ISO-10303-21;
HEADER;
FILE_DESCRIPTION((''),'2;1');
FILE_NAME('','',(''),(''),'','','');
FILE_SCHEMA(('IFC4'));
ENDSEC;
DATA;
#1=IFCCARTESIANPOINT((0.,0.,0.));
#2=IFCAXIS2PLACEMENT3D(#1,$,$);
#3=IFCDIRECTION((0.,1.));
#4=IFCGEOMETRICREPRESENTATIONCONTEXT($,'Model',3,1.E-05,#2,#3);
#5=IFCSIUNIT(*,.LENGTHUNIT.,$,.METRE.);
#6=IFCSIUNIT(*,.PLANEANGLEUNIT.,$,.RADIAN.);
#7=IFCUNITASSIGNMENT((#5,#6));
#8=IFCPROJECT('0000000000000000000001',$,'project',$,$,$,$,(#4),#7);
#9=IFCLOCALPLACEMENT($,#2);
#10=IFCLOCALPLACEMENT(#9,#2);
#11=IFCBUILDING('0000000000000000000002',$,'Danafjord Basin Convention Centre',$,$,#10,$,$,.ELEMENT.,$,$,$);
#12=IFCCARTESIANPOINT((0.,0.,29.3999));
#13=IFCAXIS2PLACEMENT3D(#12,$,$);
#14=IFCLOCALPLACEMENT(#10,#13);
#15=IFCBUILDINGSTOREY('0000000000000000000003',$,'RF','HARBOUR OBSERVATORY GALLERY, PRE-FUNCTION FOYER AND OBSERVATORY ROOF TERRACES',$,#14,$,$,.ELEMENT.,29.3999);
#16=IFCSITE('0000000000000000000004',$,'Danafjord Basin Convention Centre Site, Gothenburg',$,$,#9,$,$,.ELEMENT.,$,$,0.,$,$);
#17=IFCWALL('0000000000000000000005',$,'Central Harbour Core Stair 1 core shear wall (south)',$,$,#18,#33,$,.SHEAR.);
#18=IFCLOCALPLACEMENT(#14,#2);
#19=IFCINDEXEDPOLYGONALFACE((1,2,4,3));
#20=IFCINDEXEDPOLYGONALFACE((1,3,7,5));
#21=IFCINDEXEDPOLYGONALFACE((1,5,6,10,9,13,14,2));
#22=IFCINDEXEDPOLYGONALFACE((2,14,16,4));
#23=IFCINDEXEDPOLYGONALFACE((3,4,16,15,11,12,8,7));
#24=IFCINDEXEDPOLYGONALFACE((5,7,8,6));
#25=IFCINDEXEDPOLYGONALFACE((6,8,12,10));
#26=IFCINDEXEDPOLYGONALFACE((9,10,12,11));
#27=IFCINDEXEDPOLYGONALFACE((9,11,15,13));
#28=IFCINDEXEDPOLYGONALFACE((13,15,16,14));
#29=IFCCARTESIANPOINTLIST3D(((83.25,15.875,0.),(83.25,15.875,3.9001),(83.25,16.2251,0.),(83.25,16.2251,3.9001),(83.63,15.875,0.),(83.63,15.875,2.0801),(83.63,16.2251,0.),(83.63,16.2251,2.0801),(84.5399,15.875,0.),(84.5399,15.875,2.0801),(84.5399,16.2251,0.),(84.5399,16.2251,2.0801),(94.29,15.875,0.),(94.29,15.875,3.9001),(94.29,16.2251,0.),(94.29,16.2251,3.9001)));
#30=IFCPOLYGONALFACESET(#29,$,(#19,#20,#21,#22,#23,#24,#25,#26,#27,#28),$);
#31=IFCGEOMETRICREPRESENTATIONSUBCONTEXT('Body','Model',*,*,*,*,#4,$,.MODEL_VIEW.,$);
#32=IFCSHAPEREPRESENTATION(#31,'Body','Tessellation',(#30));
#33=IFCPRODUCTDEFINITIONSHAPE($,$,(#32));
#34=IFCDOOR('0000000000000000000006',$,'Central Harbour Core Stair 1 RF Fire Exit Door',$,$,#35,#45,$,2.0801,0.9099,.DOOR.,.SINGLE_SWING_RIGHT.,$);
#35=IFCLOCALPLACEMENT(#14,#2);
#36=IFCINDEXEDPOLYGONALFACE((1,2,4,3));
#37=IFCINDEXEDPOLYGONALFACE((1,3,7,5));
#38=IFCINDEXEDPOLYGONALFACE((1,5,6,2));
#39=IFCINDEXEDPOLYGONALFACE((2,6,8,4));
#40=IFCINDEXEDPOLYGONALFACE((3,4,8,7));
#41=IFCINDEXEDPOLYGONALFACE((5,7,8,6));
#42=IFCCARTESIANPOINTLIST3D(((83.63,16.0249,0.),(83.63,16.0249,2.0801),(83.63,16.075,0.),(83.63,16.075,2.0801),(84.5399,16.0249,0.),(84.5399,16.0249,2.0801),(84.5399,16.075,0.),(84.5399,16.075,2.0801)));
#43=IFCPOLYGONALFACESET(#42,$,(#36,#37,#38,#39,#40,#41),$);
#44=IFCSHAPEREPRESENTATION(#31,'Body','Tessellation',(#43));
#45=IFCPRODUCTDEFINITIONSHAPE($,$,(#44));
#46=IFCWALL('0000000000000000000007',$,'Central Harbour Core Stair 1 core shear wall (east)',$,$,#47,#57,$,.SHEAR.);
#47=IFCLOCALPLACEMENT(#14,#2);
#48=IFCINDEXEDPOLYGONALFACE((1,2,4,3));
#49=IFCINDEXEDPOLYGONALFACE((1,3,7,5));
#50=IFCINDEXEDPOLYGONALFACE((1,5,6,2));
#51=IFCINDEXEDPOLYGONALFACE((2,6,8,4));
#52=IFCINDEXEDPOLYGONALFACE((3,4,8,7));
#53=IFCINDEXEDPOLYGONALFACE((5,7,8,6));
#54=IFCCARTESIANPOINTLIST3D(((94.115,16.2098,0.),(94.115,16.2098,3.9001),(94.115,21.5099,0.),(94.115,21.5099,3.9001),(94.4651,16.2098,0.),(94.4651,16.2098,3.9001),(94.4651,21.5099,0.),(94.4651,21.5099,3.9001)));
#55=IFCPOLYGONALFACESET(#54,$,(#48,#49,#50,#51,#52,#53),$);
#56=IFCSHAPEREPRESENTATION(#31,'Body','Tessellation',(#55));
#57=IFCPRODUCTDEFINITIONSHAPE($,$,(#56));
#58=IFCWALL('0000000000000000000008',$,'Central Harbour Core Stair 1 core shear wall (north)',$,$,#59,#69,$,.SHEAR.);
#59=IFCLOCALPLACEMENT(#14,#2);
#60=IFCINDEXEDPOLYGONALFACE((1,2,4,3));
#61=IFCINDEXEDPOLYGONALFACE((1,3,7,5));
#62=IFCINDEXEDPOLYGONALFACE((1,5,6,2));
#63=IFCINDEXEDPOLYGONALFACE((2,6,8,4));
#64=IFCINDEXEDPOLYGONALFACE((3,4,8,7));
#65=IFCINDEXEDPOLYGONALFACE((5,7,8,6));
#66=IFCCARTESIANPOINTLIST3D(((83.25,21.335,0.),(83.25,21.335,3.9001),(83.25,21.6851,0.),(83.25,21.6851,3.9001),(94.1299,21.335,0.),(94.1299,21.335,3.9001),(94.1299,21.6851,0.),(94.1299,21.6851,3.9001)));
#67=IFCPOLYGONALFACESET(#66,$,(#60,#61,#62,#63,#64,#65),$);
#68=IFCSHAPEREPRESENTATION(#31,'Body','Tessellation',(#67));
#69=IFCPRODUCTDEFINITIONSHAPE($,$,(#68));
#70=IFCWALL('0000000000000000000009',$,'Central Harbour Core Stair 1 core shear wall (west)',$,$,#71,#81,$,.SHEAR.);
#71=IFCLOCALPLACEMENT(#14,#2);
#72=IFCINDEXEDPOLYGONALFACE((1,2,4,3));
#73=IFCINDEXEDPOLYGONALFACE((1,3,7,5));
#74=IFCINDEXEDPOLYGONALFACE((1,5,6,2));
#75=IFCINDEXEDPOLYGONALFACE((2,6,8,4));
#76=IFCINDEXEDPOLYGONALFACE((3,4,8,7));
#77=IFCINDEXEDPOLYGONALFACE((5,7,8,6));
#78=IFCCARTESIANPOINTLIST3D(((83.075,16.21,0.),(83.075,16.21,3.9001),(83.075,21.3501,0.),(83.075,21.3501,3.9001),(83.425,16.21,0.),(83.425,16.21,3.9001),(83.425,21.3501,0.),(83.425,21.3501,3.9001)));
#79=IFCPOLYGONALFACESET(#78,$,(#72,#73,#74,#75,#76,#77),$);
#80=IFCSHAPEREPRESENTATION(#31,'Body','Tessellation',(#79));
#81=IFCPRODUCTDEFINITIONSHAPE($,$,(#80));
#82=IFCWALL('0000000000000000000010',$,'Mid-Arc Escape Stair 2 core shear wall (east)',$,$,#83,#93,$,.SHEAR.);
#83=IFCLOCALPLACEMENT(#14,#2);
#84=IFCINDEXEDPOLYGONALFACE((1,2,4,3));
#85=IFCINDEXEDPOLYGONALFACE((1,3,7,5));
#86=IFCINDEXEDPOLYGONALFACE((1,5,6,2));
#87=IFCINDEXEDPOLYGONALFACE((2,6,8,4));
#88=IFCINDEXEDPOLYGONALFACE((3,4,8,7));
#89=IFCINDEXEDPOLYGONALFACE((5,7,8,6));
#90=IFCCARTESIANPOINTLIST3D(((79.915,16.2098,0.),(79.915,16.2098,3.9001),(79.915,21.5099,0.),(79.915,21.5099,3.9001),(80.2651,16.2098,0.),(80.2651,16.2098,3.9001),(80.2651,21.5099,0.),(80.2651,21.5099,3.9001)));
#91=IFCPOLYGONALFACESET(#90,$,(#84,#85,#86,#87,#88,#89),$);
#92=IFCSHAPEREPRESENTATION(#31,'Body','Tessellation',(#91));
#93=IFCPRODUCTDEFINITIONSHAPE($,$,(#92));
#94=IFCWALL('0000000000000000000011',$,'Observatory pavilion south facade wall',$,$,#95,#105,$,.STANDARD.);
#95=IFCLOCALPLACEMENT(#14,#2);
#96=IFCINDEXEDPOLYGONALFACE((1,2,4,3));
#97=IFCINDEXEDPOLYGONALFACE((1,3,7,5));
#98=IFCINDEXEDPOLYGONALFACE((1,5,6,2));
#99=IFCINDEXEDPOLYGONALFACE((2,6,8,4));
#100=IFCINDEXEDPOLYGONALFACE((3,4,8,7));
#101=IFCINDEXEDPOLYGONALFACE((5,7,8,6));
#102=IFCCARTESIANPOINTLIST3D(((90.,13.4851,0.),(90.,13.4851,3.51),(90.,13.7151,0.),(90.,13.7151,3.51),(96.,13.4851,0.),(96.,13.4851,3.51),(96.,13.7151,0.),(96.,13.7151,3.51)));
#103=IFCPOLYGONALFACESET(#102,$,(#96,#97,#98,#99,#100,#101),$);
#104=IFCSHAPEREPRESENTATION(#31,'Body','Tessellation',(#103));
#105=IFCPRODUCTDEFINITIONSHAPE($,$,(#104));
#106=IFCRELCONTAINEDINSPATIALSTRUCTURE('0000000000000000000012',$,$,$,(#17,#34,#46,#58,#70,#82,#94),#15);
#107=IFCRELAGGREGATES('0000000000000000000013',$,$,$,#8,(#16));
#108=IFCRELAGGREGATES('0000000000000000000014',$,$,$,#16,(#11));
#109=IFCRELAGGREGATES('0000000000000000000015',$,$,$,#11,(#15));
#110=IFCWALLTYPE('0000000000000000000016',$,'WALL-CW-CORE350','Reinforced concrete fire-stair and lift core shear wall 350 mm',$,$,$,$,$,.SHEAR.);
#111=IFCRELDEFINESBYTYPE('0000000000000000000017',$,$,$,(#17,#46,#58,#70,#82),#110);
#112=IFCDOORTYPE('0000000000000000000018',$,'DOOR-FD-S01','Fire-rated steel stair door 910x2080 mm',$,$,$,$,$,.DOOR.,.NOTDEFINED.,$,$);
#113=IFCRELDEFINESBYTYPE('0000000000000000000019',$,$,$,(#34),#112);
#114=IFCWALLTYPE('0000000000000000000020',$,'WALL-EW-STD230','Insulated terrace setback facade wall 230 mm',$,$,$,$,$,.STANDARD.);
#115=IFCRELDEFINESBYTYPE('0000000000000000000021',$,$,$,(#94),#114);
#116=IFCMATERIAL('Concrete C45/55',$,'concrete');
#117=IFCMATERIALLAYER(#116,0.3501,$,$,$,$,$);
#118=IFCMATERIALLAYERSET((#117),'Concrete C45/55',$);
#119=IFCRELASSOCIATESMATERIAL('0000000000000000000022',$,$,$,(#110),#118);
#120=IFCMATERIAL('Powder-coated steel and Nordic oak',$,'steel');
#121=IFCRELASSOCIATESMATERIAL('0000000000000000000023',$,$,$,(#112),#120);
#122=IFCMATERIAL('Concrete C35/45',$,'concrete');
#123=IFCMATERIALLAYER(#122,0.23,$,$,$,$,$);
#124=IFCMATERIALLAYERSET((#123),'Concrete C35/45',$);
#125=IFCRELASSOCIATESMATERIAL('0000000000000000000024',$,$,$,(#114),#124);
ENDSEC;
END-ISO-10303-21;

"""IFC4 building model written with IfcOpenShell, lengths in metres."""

from ifc_helpers import new_model, si_unit, direction, frame, frame_2d, origin, place, context, subcontext, project, spatial, rectangle, extrude, material, layer, layer_set, type_object, element, fill, save


model = new_model("IFC4")

# Units and contexts
model_context = context("Model", 3, precision=1e-05, world=origin(), true_north=direction((0.0, 1.0)))
body_context = subcontext(model_context, "Body", "Model", "MODEL_VIEW")
ifc_project = project(units=[si_unit("LENGTHUNIT", "METRE"), si_unit("PLANEANGLEUNIT", "RADIAN")], contexts=[model_context])

# Site, building, storey
site_placement = place(None, origin())
site = spatial("IfcSite", under=ifc_project, at=site_placement, Name="Danafjord Basin Convention Centre Site, Gothenburg", CompositionType="ELEMENT", RefElevation=0.0)
building_placement = place(site_placement, origin())
building = spatial("IfcBuilding", under=site, at=building_placement, Name="Danafjord Basin Convention Centre", CompositionType="ELEMENT")
storey_placement = place(building_placement, frame((0.0, 0.0, 29.3999)))
storey = spatial("IfcBuildingStorey", under=building, at=storey_placement, Name="RF", Description="HARBOUR OBSERVATORY GALLERY, PRE-FUNCTION FOYER AND OBSERVATORY ROOF TERRACES", CompositionType="ELEMENT", Elevation=29.3999)

# Shared definitions
ifc_material_1 = material(Name="Concrete C35/45", Category="concrete")

# Wall, opening, door
ifc_material_2 = material(Name="Concrete C45/55", Category="concrete")
ifc_layer_1 = layer(ifc_material_2, 0.3501)
ifc_layer_set_1 = layer_set([ifc_layer_1], Name="Concrete C45/55")
wall_type_1 = type_object("IfcWallType", Name="WALL-CW-CORE350", Description="Reinforced concrete fire-stair and lift core shear wall 350 mm", PredefinedType="SHEAR", material=ifc_layer_set_1)
wall_1_placement = place(storey_placement, frame((83.25, 16.05, 0.0), z_axis=(0.0, 0.0, 1.0), x_axis=(1.0, 0.0, 0.0)))
wall_1 = element("IfcWall", 1, at=wall_1_placement, inside=storey, type_object=wall_type_1, Name="Central Harbour Core Stair 1 core shear wall (south)", PredefinedType="SHEAR", context=body_context, shape_type="SweptSolid", body=[
    extrude(rectangle(XDim=11.04, YDim=0.3501, at=frame_2d((5.52, 0.0))), origin(), (0.0, 0.0, 1.0), 3.9001),
])
opening_1_placement = place(wall_1_placement, frame((0.3799, 0.0, 0.0)))
opening_1 = element("IfcOpeningElement", 2, at=opening_1_placement, cuts=wall_1, PredefinedType="OPENING", context=body_context, shape_type="SweptSolid", body=[
    extrude(rectangle(XDim=0.9099, YDim=2.0801, at=frame_2d((0.4551, 1.04))), frame((0.0, 0.1851, 0.0), z_axis=(0.0, -1.0, 0.0), x_axis=(1.0, 0.0, 0.0)), (0.0, 0.0, 1.0), 0.3701),
])
ifc_material_3 = material(Name="Powder-coated steel and Nordic oak", Category="steel")
door_type_1 = type_object("IfcDoorType", Name="DOOR-FD-S01", Description="Fire-rated steel stair door 910x2080 mm", OperationType="NOTDEFINED", PredefinedType="DOOR", material=ifc_material_3)
door_1_placement = place(opening_1_placement, origin())
door_1 = element("IfcDoor", 3, at=door_1_placement, inside=storey, type_object=door_type_1, Name="Central Harbour Core Stair 1 RF Fire Exit Door", OperationType="SINGLE_SWING_RIGHT", OverallHeight=2.0801, OverallWidth=0.9099, PredefinedType="DOOR", context=body_context, shape_type="SweptSolid", body=[
    extrude(rectangle(XDim=0.9099, YDim=2.0801, at=frame_2d((0.4551, 1.04))), frame((0.0, 0.0249, 0.0), z_axis=(0.0, -1.0, 0.0), x_axis=(1.0, 0.0, 0.0)), (0.0, 0.0, 1.0), 0.05),
])
fill(opening_1, door_1)

# Walls
wall_2_placement = place(storey_placement, frame((94.29, 16.21, 0.0), z_axis=(0.0, 0.0, 1.0), x_axis=(0.0, 1.0, 0.0)))
element("IfcWall", 4, at=wall_2_placement, inside=storey, type_object=wall_type_1, Name="Central Harbour Core Stair 1 core shear wall (east)", PredefinedType="SHEAR", context=body_context, shape_type="SweptSolid", body=[
    extrude(rectangle(XDim=5.3, YDim=0.3501, at=frame_2d((2.6499, 0.0))), origin(), (0.0, 0.0, 1.0), 3.9001),
])
wall_3_placement = place(storey_placement, frame((94.1299, 21.51, 0.0), z_axis=(0.0, 0.0, 1.0), x_axis=(-1.0, 0.0, 0.0)))
element("IfcWall", 5, at=wall_3_placement, inside=storey, type_object=wall_type_1, Name="Central Harbour Core Stair 1 core shear wall (north)", PredefinedType="SHEAR", context=body_context, shape_type="SweptSolid", body=[
    extrude(rectangle(XDim=10.8799, YDim=0.3501, at=frame_2d((5.4399, 0.0))), origin(), (0.0, 0.0, 1.0), 3.9001),
])
wall_4_placement = place(storey_placement, frame((83.25, 21.3501, 0.0), z_axis=(0.0, 0.0, 1.0), x_axis=(0.0, -1.0, 0.0)))
element("IfcWall", 6, at=wall_4_placement, inside=storey, type_object=wall_type_1, Name="Central Harbour Core Stair 1 core shear wall (west)", PredefinedType="SHEAR", context=body_context, shape_type="SweptSolid", body=[
    extrude(rectangle(XDim=5.1401, YDim=0.3501, at=frame_2d((2.5701, 0.0))), origin(), (0.0, 0.0, 1.0), 3.9001),
])
wall_5_placement = place(storey_placement, frame((80.0901, 16.21, 0.0), z_axis=(0.0, 0.0, 1.0), x_axis=(0.0, 1.0, 0.0)))
element("IfcWall", 7, at=wall_5_placement, inside=storey, type_object=wall_type_1, Name="Mid-Arc Escape Stair 2 core shear wall (east)", PredefinedType="SHEAR", context=body_context, shape_type="SweptSolid", body=[
    extrude(rectangle(XDim=5.3, YDim=0.3501, at=frame_2d((2.6499, 0.0))), origin(), (0.0, 0.0, 1.0), 3.9001),
])
ifc_layer_2 = layer(ifc_material_1, 0.23)
ifc_layer_set_2 = layer_set([ifc_layer_2], Name="Concrete C35/45")
wall_type_2 = type_object("IfcWallType", Name="WALL-EW-STD230", Description="Insulated terrace setback facade wall 230 mm", PredefinedType="STANDARD", material=ifc_layer_set_2)
wall_6_placement = place(storey_placement, frame((90.0, 13.6001, 0.0), z_axis=(0.0, 0.0, 1.0), x_axis=(1.0, 0.0, 0.0)))
element("IfcWall", 8, at=wall_6_placement, inside=storey, type_object=wall_type_2, Name="Observatory pavilion south facade wall", PredefinedType="STANDARD", context=body_context, shape_type="SweptSolid", body=[
    extrude(rectangle(XDim=6.0, YDim=0.23, at=frame_2d((3.0, 0.0))), origin(), (0.0, 0.0, 1.0), 3.51),
])

save(model, "model.ifc")
